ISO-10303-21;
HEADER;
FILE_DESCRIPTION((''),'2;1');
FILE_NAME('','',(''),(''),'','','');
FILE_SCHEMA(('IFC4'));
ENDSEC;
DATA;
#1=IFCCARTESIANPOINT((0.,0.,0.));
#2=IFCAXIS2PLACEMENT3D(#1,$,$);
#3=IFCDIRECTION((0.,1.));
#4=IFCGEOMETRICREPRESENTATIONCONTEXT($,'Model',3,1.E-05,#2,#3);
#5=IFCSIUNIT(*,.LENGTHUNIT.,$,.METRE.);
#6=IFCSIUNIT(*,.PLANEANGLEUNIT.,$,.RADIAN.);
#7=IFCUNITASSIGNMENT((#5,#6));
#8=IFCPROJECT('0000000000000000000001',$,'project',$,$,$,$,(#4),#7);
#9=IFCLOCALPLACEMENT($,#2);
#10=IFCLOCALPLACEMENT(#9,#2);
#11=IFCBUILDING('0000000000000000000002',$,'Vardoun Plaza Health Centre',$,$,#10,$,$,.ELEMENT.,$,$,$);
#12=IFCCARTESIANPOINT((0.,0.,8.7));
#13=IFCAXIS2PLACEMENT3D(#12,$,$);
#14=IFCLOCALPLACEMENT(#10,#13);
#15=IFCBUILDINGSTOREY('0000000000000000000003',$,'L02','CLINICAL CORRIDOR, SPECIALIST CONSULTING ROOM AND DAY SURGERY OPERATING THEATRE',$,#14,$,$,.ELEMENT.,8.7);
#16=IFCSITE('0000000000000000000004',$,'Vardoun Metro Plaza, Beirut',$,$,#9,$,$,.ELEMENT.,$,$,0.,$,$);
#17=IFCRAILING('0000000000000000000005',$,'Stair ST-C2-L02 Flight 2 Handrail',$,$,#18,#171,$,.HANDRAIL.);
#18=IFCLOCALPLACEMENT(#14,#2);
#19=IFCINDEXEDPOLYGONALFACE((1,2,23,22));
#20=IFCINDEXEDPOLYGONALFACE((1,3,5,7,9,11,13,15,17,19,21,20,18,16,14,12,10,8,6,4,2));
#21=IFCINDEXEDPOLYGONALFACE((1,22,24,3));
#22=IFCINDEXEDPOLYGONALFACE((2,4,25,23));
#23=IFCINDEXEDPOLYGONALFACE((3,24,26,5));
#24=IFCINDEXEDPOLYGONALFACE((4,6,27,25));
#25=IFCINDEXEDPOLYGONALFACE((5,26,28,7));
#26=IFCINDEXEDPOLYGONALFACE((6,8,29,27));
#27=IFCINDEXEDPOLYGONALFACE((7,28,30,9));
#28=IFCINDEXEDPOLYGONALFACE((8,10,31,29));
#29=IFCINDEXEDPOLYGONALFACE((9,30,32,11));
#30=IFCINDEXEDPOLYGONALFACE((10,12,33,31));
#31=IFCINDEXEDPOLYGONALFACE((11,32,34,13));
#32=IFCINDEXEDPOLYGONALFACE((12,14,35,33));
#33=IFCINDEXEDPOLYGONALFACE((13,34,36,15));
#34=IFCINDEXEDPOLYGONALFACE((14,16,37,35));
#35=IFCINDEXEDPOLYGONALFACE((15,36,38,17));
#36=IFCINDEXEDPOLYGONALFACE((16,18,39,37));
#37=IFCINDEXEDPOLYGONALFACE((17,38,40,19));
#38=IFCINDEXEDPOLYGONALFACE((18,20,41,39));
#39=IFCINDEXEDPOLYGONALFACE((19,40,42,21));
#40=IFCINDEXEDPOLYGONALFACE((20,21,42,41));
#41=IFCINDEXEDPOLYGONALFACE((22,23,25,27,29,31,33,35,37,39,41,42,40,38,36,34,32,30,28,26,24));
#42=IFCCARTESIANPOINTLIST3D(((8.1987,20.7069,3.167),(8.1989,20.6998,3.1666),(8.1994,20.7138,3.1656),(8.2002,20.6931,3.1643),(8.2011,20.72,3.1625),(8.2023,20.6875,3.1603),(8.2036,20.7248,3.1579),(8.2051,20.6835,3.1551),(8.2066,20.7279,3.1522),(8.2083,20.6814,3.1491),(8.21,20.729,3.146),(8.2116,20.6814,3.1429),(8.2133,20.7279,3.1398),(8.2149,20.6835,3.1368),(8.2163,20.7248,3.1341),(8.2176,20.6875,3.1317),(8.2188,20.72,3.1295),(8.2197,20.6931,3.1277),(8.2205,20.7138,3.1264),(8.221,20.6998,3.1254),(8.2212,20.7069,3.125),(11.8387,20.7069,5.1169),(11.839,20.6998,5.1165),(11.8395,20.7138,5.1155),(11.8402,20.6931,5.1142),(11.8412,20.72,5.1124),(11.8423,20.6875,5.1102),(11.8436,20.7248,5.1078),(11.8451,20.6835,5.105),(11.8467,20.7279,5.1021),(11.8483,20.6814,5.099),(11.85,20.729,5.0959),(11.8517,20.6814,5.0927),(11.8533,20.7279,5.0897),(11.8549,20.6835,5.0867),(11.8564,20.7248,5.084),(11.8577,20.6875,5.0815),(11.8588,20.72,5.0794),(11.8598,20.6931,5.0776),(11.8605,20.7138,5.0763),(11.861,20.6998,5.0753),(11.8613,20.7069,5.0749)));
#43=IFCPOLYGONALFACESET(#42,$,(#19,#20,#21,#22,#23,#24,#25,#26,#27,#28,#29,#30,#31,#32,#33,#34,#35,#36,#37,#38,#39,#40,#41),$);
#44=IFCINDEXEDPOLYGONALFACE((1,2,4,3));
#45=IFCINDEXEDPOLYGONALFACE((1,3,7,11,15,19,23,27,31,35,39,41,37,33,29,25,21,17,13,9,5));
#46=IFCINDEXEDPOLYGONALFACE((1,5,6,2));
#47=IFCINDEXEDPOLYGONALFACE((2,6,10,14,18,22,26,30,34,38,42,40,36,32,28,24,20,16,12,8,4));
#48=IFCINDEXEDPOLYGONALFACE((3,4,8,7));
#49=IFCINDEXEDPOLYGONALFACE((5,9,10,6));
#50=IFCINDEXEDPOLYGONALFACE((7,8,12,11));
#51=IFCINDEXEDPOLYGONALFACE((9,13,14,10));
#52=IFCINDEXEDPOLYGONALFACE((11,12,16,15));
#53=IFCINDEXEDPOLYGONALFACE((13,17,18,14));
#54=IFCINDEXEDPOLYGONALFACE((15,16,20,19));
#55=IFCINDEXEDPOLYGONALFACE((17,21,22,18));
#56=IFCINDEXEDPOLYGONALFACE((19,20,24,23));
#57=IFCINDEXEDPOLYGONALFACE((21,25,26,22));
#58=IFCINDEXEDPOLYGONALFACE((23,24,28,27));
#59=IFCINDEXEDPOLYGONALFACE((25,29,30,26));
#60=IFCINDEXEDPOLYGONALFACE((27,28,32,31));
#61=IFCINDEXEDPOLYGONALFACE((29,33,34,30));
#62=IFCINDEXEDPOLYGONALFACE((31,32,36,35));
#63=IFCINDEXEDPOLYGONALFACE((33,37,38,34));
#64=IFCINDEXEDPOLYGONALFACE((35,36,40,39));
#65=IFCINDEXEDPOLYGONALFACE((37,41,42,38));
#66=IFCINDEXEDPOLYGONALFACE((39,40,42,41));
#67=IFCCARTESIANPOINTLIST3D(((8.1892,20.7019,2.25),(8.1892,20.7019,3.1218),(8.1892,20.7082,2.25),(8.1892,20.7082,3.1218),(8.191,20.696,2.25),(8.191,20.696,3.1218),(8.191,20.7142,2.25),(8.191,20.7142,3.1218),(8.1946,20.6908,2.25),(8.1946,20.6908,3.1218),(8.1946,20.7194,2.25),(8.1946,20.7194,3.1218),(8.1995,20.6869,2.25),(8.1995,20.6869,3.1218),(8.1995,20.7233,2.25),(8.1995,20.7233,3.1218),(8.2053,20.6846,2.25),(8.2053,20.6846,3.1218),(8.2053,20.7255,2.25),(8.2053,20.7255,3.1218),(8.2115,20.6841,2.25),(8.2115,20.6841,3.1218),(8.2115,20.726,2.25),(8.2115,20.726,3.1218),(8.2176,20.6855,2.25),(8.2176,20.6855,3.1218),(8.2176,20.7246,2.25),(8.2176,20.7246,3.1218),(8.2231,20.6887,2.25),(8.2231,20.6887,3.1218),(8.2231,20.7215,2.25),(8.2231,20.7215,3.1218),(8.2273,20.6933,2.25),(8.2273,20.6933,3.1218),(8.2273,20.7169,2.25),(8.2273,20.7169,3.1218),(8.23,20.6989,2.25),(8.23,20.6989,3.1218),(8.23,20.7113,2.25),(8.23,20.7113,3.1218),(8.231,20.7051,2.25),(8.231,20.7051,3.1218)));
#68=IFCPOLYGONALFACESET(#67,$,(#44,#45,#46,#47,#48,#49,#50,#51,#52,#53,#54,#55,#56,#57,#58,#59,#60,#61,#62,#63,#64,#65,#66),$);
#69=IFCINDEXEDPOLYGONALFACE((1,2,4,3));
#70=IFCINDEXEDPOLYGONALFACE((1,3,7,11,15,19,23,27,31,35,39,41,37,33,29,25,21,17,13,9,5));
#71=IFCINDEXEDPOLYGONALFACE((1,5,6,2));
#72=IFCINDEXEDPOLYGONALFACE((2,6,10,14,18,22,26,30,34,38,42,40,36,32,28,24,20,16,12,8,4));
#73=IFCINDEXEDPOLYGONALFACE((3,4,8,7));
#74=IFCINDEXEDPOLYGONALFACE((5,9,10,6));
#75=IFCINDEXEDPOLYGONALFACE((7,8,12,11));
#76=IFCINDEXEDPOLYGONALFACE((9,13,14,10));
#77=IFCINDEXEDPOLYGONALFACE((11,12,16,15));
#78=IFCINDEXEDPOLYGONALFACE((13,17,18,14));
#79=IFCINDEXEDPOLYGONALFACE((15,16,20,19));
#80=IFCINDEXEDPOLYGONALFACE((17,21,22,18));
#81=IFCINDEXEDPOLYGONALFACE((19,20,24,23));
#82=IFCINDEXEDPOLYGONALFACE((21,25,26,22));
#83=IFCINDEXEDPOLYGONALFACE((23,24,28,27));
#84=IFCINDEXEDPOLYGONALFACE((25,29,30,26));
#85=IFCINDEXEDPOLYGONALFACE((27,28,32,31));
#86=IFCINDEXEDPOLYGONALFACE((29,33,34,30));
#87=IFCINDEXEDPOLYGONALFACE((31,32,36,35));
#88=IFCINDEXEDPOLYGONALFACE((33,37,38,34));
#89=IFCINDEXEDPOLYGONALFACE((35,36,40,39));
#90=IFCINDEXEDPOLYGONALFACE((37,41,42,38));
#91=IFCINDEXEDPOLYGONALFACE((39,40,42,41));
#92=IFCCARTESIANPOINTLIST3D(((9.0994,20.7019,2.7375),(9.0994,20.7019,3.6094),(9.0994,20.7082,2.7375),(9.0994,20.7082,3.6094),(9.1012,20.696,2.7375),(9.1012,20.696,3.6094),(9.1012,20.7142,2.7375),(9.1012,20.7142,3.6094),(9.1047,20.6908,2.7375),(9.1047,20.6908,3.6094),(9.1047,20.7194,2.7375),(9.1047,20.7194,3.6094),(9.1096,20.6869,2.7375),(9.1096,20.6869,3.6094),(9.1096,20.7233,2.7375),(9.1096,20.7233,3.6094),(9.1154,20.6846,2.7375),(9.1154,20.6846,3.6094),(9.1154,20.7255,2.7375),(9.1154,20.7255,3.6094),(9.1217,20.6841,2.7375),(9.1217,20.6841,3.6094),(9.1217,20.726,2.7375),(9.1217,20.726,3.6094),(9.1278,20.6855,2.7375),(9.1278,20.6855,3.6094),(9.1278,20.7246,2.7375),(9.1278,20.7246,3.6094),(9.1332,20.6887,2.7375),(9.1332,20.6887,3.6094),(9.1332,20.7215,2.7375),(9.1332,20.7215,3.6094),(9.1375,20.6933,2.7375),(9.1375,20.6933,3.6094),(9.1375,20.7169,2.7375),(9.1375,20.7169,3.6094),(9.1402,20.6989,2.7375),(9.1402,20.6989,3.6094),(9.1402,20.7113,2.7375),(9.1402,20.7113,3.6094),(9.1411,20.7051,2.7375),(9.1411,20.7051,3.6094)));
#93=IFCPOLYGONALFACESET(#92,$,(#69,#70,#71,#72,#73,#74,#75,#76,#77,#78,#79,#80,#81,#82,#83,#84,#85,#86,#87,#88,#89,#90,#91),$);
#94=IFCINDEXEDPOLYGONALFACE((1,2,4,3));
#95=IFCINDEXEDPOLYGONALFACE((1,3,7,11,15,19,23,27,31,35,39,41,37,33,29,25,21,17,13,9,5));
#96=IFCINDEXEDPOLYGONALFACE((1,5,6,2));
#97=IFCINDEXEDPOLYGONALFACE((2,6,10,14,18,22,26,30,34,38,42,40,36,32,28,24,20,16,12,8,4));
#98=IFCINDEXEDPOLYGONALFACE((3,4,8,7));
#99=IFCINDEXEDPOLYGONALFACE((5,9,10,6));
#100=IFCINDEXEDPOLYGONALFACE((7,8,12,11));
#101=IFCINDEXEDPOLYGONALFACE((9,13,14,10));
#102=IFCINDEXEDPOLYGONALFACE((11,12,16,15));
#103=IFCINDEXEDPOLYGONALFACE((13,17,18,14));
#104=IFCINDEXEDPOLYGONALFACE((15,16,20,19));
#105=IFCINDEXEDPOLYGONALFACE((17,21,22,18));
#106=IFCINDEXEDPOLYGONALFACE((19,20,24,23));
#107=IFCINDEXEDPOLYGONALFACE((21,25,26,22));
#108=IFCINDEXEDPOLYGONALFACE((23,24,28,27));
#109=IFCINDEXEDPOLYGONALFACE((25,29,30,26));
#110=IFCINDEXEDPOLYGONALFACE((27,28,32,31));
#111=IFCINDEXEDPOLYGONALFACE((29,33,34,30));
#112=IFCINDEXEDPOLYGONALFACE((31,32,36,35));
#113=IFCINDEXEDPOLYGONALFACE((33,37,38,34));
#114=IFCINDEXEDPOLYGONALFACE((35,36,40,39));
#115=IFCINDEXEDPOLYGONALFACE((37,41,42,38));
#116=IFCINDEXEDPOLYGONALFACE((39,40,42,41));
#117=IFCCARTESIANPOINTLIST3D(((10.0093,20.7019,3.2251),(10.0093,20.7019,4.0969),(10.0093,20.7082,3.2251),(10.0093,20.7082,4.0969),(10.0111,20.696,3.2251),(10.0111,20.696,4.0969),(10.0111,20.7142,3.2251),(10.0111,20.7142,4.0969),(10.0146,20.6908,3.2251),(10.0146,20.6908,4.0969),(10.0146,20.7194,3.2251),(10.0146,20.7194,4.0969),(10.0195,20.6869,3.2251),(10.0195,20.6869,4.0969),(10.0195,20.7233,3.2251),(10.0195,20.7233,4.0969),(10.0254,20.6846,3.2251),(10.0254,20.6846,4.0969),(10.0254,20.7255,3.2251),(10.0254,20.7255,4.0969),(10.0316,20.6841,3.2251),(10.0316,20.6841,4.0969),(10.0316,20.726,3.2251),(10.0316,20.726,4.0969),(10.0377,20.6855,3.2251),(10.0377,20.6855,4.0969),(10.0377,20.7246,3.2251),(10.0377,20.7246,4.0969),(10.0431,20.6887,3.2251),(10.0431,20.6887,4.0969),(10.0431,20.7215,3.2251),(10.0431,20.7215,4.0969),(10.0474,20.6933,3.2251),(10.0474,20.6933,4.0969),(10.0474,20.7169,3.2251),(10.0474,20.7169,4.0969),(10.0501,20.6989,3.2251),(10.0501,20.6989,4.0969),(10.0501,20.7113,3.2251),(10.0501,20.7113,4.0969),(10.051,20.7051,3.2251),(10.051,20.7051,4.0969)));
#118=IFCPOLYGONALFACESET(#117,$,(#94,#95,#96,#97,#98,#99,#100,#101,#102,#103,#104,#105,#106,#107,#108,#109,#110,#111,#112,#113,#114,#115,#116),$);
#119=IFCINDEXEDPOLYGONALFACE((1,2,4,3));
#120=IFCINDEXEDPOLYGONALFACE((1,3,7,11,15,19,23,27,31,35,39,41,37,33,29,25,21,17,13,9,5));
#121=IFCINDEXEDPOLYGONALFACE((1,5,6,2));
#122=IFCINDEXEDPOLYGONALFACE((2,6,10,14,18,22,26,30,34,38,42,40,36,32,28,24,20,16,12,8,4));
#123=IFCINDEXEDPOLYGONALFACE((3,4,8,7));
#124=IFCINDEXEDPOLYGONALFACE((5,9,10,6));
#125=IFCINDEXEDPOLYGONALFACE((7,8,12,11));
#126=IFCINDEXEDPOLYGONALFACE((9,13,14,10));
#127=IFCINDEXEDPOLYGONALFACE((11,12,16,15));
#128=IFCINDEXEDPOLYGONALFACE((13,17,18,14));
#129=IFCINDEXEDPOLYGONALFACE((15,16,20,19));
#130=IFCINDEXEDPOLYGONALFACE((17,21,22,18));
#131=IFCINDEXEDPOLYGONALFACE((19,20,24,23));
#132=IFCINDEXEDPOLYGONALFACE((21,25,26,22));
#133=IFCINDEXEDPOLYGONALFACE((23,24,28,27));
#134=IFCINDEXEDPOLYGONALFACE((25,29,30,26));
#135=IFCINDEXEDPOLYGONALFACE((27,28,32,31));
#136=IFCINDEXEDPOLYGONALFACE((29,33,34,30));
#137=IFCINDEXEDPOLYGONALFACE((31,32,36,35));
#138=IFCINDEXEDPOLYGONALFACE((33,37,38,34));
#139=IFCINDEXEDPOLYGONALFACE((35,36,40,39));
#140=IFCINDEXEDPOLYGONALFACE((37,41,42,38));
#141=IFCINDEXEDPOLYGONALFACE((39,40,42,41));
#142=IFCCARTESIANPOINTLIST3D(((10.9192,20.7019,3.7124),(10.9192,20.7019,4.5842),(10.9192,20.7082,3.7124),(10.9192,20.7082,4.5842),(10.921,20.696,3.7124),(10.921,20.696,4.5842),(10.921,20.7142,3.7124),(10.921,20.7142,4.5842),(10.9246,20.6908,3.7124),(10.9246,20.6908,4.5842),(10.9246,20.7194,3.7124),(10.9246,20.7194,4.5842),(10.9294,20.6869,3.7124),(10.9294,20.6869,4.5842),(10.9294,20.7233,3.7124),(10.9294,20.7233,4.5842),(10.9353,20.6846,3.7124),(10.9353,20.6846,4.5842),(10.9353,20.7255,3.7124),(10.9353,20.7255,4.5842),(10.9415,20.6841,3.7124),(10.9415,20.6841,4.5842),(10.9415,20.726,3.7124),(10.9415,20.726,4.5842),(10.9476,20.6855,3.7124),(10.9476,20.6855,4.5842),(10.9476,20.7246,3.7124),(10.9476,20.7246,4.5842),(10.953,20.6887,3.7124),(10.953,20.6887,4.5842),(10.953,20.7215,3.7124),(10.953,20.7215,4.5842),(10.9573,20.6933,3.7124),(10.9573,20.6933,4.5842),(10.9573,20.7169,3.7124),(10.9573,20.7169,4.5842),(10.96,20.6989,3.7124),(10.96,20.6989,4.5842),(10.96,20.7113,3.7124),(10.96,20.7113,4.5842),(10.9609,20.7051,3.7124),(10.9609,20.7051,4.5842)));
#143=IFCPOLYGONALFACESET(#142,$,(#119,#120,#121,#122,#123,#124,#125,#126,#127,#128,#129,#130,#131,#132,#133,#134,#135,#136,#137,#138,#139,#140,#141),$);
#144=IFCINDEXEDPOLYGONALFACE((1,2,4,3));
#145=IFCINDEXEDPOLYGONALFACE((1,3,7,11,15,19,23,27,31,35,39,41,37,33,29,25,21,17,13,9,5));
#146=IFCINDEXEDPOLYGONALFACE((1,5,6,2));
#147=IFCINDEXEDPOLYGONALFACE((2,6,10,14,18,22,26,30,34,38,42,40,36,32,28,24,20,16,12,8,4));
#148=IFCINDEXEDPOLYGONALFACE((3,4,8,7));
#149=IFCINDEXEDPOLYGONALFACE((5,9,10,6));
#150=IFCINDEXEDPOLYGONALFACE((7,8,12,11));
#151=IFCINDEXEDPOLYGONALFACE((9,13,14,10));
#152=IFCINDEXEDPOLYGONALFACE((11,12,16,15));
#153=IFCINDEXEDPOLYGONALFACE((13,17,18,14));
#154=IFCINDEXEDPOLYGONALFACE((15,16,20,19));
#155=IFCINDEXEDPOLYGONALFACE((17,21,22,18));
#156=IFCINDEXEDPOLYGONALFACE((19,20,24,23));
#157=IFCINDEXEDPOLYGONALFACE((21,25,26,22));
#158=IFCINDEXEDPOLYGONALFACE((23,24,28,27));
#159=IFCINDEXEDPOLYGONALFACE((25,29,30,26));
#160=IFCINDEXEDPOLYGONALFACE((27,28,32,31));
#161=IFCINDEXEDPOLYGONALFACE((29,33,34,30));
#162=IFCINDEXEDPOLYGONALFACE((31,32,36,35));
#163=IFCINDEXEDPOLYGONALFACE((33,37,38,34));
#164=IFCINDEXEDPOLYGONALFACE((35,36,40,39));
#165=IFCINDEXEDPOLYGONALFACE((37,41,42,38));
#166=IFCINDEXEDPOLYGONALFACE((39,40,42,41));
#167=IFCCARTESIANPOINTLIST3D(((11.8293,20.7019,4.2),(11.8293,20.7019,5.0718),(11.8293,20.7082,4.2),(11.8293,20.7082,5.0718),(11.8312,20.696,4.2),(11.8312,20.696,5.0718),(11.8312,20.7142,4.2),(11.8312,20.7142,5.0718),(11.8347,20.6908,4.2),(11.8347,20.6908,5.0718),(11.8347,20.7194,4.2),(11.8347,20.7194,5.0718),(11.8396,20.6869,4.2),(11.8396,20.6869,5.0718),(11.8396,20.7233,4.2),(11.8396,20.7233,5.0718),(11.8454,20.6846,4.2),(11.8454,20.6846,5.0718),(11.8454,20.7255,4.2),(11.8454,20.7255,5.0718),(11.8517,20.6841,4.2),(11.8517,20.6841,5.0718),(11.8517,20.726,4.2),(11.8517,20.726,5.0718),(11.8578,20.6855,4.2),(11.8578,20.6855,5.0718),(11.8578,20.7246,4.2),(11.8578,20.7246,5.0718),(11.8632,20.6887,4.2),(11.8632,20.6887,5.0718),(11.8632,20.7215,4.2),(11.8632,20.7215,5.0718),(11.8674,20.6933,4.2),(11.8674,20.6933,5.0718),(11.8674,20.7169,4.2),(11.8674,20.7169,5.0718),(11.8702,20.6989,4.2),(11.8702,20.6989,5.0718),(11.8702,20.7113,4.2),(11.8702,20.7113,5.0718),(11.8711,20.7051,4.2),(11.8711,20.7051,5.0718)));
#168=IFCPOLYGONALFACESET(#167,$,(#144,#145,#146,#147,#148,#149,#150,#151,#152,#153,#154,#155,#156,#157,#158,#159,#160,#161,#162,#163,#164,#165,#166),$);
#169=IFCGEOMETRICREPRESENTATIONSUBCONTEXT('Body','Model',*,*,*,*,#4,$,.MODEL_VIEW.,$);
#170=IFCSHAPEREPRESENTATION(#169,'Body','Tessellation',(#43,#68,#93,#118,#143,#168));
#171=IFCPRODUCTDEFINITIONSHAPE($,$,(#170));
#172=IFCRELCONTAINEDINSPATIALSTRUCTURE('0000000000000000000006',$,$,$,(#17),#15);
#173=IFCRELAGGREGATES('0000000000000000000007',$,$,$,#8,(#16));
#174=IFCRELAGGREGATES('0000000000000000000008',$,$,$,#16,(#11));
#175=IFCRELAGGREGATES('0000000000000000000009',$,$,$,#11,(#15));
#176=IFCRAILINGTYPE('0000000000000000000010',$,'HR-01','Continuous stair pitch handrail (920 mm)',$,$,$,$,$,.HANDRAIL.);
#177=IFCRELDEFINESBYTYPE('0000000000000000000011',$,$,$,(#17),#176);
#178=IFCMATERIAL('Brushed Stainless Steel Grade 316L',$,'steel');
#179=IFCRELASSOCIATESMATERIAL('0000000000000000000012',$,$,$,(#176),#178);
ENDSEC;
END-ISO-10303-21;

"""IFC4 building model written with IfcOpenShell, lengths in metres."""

from ifc_helpers import new_model, si_unit, direction, frame, origin, origin_2d, place, context, subcontext, project, spatial, circle, extrude, material, type_object, element, save


model = new_model("IFC4")

# Units and contexts
model_context = context("Model", 3, precision=1e-05, world=origin(), true_north=direction((0.0, 1.0)))
body_context = subcontext(model_context, "Body", "Model", "MODEL_VIEW")
ifc_project = project(units=[si_unit("LENGTHUNIT", "METRE"), si_unit("PLANEANGLEUNIT", "RADIAN")], contexts=[model_context])

# Site, building, storey
site_placement = place(None, origin())
site = spatial("IfcSite", under=ifc_project, at=site_placement, Name="Vardoun Metro Plaza, Beirut", CompositionType="ELEMENT", RefElevation=0.0)
building_placement = place(site_placement, origin())
building = spatial("IfcBuilding", under=site, at=building_placement, Name="Vardoun Plaza Health Centre", CompositionType="ELEMENT")
storey_placement = place(building_placement, frame((0.0, 0.0, 8.7)))
storey = spatial("IfcBuildingStorey", under=building, at=storey_placement, Name="L02", Description="CLINICAL CORRIDOR, SPECIALIST CONSULTING ROOM AND DAY SURGERY OPERATING THEATRE", CompositionType="ELEMENT", Elevation=8.7)

# Railing
ifc_material_1 = material(Name="Brushed Stainless Steel Grade 316L", Category="steel")
railing_type_1 = type_object("IfcRailingType", Name="HR-01", Description="Continuous stair pitch handrail (920 mm)", PredefinedType="HANDRAIL", material=ifc_material_1)
railing_1_placement = place(storey_placement, frame((8.21, 20.7051, 2.25)))
element("IfcRailing", 1, at=railing_1_placement, inside=storey, type_object=railing_type_1, Name="Stair ST-C2-L02 Flight 2 Handrail", PredefinedType="HANDRAIL", context=body_context, shape_type="SweptSolid", body=[
    extrude(circle(Radius=0.0239, at=origin_2d()), frame((0.0, 0.0, 0.896), z_axis=(0.881492, 0.0, 0.472198), x_axis=(0.0, 1.0, 0.0)), (0.0, 0.0, 1.0), 4.1294),
    extrude(circle(Radius=0.021, at=origin_2d()), origin(), (0.0, 0.0, 1.0), 0.8718),
    extrude(circle(Radius=0.021, at=origin_2d()), frame((0.9102, 0.0, 0.4875)), (0.0, 0.0, 1.0), 0.8718),
    extrude(circle(Radius=0.021, at=origin_2d()), frame((1.8201, 0.0, 0.9751)), (0.0, 0.0, 1.0), 0.8718),
    extrude(circle(Radius=0.021, at=origin_2d()), frame((2.73, 0.0, 1.4624)), (0.0, 0.0, 1.0), 0.8718),
    extrude(circle(Radius=0.021, at=origin_2d()), frame((3.6401, 0.0, 1.95)), (0.0, 0.0, 1.0), 0.8718),
])

save(model, "model.ifc")
